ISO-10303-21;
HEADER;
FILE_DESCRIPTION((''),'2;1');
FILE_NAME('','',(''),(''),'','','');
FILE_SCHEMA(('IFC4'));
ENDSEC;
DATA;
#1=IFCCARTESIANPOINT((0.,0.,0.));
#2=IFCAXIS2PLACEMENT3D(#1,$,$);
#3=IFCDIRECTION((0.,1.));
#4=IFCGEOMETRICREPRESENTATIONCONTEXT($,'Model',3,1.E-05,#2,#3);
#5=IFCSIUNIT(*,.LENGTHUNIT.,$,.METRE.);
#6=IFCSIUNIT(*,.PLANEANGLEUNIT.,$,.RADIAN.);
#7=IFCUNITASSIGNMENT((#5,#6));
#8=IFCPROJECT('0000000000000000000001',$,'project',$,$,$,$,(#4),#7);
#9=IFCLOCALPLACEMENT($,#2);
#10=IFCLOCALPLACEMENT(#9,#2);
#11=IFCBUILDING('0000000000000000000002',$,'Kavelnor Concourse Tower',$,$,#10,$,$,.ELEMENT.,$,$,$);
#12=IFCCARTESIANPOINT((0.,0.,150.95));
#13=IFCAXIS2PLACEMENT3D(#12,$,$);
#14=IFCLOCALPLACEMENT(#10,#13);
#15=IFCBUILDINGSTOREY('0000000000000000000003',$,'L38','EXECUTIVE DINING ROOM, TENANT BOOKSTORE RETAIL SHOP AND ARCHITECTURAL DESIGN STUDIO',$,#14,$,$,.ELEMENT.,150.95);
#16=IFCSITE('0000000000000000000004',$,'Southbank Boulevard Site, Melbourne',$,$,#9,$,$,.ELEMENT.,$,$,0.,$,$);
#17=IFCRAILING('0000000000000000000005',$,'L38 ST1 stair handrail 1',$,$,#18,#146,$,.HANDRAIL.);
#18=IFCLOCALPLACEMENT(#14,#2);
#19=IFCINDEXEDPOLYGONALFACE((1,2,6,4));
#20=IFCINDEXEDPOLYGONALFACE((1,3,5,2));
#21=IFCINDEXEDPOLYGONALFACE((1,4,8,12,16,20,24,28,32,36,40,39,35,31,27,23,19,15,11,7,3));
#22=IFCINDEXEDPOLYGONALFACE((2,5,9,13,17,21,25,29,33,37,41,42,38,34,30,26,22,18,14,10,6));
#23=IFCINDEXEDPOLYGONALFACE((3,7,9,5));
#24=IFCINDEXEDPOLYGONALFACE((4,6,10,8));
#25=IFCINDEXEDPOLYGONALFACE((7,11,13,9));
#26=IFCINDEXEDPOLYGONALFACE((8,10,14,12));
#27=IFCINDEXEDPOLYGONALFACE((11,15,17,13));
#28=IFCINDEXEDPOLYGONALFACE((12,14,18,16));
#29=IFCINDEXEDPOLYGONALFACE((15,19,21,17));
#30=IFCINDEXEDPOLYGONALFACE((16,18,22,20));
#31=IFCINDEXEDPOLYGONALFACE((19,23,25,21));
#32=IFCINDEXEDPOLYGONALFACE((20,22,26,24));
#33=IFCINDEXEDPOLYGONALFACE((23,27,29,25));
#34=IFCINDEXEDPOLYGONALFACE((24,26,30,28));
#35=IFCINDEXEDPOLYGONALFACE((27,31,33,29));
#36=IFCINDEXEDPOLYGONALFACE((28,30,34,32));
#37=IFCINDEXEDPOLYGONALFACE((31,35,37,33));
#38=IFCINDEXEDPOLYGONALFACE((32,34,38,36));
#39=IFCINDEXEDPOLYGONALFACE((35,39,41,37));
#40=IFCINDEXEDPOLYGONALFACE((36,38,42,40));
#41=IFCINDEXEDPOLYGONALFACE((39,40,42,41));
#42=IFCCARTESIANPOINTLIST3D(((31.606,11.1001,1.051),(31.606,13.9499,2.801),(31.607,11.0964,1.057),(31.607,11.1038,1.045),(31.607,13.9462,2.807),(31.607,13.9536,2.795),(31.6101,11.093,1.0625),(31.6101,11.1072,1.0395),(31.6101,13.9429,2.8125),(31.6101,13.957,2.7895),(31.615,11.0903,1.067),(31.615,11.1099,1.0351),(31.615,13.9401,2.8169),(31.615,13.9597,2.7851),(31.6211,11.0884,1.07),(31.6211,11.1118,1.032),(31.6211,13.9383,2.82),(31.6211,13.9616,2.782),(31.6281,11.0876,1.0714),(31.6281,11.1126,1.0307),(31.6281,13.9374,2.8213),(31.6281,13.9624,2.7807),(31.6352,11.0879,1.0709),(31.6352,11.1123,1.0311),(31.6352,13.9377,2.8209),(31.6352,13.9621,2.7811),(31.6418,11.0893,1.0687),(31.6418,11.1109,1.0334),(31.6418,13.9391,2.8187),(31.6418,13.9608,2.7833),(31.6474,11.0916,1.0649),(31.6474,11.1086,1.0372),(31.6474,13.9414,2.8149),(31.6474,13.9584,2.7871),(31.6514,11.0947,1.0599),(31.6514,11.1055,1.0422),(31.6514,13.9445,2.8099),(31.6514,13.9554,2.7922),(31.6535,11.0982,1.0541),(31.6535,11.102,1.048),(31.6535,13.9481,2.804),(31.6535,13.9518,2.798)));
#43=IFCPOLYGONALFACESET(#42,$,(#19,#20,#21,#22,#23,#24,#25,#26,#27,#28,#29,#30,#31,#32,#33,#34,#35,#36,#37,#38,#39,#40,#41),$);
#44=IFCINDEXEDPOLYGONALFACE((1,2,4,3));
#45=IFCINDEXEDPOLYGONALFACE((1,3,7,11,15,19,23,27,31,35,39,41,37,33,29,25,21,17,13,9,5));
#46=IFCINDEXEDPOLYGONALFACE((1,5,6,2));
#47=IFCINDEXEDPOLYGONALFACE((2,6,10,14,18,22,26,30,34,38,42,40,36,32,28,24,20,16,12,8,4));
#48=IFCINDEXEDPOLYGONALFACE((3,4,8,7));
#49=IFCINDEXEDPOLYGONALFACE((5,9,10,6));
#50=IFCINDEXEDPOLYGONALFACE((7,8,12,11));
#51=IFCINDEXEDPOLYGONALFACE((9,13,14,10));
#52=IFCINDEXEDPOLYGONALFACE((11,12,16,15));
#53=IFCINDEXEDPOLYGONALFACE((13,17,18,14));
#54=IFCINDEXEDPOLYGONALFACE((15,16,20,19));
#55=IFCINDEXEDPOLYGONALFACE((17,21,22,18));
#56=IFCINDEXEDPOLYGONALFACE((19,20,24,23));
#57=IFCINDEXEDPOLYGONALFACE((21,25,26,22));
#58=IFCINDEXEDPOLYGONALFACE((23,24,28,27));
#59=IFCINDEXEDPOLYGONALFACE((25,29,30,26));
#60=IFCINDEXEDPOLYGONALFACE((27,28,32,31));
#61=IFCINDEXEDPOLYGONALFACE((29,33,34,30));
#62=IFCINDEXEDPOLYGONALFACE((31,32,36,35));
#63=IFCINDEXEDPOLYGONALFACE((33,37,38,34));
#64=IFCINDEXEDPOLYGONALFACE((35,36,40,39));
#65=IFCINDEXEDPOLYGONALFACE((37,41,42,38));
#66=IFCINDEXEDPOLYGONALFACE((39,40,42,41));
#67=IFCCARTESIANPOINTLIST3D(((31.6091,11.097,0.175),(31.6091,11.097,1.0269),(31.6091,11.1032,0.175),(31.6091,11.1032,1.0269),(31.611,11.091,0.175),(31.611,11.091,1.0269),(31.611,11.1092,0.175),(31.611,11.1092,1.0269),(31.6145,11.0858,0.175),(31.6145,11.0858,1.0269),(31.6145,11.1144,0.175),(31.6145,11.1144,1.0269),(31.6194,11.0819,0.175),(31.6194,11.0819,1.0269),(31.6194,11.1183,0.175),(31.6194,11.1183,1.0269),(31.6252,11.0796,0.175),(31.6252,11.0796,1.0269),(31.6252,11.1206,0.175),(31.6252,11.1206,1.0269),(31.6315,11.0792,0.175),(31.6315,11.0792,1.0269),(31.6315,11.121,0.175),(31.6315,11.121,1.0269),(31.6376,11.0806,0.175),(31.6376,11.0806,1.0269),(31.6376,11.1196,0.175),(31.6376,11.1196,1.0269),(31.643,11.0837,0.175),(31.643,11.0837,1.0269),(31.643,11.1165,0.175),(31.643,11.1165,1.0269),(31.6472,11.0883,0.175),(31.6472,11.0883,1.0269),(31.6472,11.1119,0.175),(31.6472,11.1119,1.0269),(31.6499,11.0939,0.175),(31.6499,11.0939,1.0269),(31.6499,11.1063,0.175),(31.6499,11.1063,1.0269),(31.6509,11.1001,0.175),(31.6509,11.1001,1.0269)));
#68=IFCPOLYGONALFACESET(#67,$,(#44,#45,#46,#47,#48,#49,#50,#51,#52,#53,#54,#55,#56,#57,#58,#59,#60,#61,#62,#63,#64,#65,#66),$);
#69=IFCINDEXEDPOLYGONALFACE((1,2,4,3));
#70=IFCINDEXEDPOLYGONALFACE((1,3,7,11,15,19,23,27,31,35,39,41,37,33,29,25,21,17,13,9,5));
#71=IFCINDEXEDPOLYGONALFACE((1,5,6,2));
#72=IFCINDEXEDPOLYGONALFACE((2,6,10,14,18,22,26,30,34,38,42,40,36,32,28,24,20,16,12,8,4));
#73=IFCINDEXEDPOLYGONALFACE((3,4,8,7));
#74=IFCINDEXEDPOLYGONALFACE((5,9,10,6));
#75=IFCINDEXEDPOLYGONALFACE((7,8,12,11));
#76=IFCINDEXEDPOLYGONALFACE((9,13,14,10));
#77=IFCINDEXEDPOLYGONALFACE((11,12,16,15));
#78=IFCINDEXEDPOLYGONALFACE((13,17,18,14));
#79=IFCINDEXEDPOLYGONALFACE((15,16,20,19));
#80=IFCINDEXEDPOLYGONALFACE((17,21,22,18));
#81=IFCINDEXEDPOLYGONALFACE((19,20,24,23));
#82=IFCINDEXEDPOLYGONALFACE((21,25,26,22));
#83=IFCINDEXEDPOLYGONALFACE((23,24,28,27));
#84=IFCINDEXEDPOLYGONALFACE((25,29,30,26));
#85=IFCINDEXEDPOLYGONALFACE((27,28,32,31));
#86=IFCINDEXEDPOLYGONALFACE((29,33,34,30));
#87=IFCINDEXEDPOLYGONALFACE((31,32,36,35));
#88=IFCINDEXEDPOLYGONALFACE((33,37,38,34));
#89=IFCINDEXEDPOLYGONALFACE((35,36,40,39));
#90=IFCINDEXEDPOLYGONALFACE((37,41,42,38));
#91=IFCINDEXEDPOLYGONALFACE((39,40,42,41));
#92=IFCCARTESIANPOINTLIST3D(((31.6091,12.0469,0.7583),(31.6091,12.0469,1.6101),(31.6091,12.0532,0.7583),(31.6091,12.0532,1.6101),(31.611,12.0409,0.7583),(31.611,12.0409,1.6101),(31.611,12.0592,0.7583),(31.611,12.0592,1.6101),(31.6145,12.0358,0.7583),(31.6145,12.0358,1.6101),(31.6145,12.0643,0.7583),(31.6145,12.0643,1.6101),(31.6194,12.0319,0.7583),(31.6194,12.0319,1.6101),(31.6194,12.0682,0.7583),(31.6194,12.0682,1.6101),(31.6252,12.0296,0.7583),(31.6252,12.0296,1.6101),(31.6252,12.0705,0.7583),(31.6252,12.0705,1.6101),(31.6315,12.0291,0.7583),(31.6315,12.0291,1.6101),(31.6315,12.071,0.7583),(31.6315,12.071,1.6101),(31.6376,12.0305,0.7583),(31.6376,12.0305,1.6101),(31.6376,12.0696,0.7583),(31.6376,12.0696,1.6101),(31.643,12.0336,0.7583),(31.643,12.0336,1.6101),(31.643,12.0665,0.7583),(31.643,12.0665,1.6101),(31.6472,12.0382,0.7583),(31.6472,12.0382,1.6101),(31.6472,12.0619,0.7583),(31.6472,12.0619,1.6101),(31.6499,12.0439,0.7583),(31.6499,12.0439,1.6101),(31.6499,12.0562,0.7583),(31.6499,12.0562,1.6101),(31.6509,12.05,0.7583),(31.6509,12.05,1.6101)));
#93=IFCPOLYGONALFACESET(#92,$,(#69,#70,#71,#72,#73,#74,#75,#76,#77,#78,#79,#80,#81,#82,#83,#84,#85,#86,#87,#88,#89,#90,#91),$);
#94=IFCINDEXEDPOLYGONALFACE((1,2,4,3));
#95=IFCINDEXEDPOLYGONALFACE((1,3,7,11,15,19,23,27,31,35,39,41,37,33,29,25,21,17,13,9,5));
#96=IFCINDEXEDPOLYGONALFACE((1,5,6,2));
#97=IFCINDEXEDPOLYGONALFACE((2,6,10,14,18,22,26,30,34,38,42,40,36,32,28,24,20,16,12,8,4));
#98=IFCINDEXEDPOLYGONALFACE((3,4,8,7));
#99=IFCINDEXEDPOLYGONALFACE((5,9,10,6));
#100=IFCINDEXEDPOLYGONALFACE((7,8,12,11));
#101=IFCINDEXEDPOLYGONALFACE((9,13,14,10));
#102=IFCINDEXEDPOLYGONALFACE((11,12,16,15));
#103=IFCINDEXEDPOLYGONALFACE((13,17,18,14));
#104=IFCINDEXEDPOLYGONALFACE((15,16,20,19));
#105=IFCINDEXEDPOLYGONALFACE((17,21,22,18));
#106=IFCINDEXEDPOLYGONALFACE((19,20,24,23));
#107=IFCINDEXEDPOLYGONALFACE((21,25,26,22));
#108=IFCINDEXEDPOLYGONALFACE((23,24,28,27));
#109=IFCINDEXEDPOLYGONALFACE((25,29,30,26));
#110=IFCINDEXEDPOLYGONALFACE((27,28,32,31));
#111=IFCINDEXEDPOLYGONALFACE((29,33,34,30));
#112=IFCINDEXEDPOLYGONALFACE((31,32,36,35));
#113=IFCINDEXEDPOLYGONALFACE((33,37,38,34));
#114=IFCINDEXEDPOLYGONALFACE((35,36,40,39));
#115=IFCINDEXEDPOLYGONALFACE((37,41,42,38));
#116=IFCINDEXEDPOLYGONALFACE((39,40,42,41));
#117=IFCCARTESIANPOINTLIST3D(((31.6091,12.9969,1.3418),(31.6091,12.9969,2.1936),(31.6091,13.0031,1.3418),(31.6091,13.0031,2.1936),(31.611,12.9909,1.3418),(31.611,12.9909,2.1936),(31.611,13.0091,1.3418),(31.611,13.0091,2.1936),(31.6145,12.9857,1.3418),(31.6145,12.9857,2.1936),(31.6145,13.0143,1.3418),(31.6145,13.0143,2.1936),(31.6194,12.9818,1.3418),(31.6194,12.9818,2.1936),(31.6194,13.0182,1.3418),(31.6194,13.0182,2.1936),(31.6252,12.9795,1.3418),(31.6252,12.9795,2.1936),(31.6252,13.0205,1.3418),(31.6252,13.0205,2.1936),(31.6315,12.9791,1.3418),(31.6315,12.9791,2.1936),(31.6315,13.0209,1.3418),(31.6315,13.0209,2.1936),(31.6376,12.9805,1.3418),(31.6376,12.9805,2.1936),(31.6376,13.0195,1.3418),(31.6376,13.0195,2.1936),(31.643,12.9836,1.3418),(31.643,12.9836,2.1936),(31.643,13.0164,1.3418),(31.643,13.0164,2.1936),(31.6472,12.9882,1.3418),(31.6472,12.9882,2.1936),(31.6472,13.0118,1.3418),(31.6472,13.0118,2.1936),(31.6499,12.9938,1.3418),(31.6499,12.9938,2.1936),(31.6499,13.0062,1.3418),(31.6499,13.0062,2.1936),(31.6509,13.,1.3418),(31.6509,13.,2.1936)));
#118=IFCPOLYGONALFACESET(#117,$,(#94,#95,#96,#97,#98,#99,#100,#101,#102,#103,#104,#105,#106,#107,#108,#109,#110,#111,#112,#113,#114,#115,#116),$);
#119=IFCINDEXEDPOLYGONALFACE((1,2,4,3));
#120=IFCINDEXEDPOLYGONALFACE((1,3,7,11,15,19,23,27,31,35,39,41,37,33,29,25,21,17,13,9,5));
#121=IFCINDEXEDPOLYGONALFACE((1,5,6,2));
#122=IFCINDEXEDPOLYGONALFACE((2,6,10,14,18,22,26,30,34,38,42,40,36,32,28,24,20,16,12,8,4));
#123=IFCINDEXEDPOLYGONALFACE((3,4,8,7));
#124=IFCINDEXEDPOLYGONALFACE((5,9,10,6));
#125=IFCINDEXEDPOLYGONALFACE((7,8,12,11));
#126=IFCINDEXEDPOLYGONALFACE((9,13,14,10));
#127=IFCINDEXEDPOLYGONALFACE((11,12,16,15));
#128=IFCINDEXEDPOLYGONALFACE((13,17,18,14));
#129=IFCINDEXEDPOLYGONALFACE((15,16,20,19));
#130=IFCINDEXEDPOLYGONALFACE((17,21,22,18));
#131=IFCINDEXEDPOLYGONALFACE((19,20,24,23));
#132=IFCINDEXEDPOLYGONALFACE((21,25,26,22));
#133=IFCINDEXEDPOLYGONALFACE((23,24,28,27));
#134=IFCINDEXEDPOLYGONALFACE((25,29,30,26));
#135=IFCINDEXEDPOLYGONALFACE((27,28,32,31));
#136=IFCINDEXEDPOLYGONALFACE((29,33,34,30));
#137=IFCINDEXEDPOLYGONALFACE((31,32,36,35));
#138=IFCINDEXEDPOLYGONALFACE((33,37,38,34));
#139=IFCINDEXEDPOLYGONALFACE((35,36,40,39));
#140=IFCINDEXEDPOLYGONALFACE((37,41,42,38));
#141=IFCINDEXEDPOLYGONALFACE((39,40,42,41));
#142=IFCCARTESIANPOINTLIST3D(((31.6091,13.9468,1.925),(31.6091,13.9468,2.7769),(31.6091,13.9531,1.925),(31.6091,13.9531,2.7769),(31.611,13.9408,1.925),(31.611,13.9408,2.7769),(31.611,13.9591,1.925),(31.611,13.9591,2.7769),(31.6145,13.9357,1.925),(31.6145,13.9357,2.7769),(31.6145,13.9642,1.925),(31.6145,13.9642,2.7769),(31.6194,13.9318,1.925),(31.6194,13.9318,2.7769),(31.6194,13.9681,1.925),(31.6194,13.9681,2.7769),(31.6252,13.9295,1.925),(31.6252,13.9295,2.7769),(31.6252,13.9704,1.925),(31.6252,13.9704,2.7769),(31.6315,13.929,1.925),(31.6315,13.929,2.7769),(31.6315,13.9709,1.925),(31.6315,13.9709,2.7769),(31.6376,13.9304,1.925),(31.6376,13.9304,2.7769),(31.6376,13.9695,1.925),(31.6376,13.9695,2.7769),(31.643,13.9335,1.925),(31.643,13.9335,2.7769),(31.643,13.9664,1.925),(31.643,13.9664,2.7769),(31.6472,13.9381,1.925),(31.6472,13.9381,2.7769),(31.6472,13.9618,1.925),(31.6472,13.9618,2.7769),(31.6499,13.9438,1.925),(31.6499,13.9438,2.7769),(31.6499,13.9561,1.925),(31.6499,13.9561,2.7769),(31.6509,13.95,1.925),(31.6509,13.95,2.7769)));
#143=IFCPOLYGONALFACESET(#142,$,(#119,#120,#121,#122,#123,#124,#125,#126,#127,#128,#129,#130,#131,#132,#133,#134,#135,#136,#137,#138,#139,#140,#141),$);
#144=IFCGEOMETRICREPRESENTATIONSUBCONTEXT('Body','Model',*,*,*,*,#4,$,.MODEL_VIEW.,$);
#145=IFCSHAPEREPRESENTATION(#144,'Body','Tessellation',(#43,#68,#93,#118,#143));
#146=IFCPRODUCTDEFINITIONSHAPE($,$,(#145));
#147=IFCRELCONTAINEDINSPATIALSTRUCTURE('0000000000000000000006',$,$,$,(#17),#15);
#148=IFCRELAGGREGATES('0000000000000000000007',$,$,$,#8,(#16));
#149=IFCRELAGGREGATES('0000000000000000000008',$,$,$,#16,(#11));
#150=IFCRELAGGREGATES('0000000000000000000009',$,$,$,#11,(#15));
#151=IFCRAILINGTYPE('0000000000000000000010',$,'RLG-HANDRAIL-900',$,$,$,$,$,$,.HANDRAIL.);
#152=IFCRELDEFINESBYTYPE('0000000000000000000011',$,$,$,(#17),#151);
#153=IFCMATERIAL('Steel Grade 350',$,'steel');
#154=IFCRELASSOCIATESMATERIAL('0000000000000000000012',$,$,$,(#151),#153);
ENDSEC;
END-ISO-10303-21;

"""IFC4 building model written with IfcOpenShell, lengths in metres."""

from ifc_helpers import new_model, si_unit, direction, frame, origin, origin_2d, place, context, subcontext, project, spatial, circle, extrude, material, type_object, element, save


model = new_model("IFC4")

# Units and contexts
model_context = context("Model", 3, precision=1e-05, world=origin(), true_north=direction((0.0, 1.0)))
body_context = subcontext(model_context, "Body", "Model", "MODEL_VIEW")
ifc_project = project(units=[si_unit("LENGTHUNIT", "METRE"), si_unit("PLANEANGLEUNIT", "RADIAN")], contexts=[model_context])

# Site, building, storey
site_placement = place(None, origin())
site = spatial("IfcSite", under=ifc_project, at=site_placement, Name="Southbank Boulevard Site, Melbourne", CompositionType="ELEMENT", RefElevation=0.0)
building_placement = place(site_placement, origin())
building = spatial("IfcBuilding", under=site, at=building_placement, Name="Kavelnor Concourse Tower", CompositionType="ELEMENT")
storey_placement = place(building_placement, frame((0.0, 0.0, 150.95)))
storey = spatial("IfcBuildingStorey", under=building, at=storey_placement, Name="L38", Description="EXECUTIVE DINING ROOM, TENANT BOOKSTORE RETAIL SHOP AND ARCHITECTURAL DESIGN STUDIO", CompositionType="ELEMENT", Elevation=150.95)

# Shared definitions
ifc_material_1 = material(Name="Steel Grade 350", Category="steel")

# Railing
railing_type_1 = type_object("IfcRailingType", Name="RLG-HANDRAIL-900", PredefinedType="HANDRAIL", material=ifc_material_1)
railing_1_placement = place(storey_placement, frame((31.6299, 11.1001, 0.175)))
element("IfcRailing", 1, at=railing_1_placement, inside=storey, type_object=railing_type_1, Name="L38 ST1 stair handrail 1", PredefinedType="HANDRAIL", context=body_context, shape_type="SweptSolid", body=[
    extrude(circle(Radius=0.0239, at=origin_2d()), frame((0.0, 0.0, 0.876), z_axis=(0.0, 0.852159, 0.523283), x_axis=(-1.0, 0.0, 0.0)), (0.0, 0.0, 1.0), 3.3442),
    extrude(circle(Radius=0.021, at=origin_2d()), origin(), (0.0, 0.0, 1.0), 0.8518),
    extrude(circle(Radius=0.021, at=origin_2d()), frame((0.0, 0.95, 0.5833)), (0.0, 0.0, 1.0), 0.8518),
    extrude(circle(Radius=0.021, at=origin_2d()), frame((0.0, 1.8999, 1.1667)), (0.0, 0.0, 1.0), 0.8518),
    extrude(circle(Radius=0.021, at=origin_2d()), frame((0.0, 2.8499, 1.75)), (0.0, 0.0, 1.0), 0.8518),
])

save(model, "model.ifc")
